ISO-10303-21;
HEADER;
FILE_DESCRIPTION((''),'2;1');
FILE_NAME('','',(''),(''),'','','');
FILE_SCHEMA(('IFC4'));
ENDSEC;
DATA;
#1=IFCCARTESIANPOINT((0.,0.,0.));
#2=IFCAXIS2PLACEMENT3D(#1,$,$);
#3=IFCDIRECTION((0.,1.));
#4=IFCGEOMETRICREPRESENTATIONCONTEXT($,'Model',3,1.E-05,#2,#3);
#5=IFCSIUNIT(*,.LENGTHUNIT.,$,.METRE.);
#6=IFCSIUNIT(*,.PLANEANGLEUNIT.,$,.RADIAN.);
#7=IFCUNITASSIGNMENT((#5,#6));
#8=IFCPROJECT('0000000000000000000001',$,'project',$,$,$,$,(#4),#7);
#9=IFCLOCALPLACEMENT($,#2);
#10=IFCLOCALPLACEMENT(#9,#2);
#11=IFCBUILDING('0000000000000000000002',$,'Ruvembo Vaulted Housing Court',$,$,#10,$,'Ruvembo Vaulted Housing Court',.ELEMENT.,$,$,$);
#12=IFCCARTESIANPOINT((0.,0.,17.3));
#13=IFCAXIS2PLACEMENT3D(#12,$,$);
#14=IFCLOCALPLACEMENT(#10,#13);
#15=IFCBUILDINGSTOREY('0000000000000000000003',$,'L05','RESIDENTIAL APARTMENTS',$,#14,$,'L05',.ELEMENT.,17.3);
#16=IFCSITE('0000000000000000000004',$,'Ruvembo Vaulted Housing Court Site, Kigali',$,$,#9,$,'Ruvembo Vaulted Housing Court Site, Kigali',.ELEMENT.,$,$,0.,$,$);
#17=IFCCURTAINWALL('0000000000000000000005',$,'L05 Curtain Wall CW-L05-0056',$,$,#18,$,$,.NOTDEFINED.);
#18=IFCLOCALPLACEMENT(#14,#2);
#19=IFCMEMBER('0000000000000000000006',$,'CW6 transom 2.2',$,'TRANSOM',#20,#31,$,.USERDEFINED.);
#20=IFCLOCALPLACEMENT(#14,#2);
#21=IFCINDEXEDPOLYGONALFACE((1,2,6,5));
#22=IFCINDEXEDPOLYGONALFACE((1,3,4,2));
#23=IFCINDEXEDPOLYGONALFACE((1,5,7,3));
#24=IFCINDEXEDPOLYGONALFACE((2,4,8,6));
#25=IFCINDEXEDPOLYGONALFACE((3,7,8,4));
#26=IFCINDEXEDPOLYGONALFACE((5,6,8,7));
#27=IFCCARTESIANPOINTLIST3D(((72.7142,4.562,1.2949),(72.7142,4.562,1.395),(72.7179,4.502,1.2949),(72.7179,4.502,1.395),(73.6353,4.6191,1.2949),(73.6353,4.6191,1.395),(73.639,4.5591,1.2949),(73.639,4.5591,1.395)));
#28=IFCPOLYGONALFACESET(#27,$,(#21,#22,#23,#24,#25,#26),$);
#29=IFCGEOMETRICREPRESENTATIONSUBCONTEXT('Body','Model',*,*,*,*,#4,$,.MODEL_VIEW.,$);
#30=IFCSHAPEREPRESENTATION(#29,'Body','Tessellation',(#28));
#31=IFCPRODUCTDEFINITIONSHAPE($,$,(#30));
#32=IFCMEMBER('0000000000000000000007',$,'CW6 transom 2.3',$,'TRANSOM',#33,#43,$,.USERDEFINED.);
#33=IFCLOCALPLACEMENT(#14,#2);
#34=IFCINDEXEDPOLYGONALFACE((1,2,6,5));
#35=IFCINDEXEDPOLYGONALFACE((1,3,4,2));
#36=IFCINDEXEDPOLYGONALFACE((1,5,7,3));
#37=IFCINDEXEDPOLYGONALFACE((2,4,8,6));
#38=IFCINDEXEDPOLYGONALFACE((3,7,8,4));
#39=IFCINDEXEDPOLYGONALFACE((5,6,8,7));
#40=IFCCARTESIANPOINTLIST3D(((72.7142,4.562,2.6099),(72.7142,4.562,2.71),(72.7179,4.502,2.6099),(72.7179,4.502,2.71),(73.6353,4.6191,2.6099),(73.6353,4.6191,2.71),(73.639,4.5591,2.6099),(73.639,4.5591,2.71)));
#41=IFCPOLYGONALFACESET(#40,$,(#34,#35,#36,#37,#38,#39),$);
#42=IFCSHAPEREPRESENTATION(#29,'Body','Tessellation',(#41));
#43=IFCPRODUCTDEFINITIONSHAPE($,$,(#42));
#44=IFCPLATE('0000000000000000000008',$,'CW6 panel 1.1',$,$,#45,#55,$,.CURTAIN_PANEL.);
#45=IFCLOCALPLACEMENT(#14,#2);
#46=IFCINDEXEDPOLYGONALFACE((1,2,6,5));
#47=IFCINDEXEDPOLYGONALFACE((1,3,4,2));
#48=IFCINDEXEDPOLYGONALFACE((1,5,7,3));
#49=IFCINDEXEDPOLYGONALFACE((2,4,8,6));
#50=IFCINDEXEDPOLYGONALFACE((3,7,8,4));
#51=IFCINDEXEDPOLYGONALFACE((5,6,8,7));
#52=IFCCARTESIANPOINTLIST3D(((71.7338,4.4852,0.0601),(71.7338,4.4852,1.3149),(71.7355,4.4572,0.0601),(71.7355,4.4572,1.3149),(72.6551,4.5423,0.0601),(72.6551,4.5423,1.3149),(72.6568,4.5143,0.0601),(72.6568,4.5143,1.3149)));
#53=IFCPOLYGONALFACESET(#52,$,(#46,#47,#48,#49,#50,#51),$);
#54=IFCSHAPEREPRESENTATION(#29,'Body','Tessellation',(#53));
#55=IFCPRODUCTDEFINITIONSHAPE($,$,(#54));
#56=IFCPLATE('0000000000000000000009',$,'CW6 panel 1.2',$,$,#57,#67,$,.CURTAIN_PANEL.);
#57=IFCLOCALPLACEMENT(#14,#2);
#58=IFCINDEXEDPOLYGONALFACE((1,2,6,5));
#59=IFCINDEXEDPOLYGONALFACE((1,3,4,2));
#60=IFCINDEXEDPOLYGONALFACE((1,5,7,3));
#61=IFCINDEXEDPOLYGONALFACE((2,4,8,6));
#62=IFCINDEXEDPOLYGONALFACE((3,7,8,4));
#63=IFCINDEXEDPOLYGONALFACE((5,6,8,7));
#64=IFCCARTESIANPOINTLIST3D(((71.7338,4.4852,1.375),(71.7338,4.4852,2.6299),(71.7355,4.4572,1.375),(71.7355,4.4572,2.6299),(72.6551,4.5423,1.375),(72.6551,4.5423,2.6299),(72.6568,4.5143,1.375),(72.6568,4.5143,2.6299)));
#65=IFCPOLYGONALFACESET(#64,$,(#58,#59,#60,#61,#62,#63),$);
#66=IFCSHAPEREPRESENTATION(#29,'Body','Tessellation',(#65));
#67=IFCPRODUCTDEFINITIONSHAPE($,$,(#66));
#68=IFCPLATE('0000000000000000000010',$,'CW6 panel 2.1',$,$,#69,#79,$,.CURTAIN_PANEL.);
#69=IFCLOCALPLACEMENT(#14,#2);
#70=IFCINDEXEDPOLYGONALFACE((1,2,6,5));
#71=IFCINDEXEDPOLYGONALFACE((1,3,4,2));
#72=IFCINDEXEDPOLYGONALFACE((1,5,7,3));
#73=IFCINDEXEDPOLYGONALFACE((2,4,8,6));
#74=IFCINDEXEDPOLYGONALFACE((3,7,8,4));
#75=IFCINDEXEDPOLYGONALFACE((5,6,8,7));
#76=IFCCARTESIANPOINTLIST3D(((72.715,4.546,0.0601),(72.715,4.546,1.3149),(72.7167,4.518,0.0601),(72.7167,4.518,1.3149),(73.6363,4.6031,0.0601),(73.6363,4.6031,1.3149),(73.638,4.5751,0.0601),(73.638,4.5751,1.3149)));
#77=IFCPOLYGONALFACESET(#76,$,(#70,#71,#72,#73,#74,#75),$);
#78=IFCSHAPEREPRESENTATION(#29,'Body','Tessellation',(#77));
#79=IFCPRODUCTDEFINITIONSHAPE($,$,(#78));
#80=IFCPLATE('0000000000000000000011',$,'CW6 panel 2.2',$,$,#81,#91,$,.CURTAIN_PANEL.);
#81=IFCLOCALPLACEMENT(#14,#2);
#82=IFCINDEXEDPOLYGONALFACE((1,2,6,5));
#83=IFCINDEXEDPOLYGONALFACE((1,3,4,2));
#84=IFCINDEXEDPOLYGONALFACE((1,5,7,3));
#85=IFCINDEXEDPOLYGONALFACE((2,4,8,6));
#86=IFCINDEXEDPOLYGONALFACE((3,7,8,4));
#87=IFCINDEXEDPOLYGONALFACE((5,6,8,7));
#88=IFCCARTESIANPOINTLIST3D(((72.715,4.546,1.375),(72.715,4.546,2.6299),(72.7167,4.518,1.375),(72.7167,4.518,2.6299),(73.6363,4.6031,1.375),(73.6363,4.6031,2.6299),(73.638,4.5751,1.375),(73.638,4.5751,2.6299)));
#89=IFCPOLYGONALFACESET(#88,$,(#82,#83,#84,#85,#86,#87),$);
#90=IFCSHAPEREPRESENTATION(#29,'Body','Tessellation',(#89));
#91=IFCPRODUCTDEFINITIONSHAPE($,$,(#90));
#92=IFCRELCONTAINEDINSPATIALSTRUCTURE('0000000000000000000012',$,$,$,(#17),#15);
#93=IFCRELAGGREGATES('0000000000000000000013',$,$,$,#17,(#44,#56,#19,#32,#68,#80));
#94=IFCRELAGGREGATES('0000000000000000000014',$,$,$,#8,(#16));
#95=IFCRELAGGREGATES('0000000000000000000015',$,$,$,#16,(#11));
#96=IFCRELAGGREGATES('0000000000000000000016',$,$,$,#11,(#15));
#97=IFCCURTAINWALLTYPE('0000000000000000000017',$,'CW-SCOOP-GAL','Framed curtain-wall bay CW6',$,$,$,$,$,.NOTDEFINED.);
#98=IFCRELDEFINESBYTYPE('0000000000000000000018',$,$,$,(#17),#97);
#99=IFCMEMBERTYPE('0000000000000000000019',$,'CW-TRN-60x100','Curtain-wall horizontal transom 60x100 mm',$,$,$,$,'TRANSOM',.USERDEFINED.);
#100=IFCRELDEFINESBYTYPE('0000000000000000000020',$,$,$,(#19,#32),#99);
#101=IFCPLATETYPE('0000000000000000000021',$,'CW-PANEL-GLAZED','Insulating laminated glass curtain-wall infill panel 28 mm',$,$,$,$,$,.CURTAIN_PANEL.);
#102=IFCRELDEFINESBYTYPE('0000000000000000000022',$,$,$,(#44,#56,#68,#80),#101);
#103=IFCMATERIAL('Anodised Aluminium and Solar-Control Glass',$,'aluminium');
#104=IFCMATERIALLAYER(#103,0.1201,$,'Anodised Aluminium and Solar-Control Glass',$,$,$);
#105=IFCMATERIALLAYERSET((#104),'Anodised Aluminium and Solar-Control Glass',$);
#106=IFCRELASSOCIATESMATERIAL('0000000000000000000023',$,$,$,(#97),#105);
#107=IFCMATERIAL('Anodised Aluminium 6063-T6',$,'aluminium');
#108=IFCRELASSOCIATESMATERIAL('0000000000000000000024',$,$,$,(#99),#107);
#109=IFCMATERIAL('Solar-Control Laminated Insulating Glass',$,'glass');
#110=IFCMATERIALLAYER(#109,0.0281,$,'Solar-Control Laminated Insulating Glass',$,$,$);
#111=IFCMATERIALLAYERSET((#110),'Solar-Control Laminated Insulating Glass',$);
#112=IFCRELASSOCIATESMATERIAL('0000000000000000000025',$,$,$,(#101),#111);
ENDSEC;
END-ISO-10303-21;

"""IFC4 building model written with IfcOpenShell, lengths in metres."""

from ifc_helpers import new_model, si_unit, direction, frame, origin, origin_2d, place, context, subcontext, project, spatial, rectangle, extrude, material, layer, layer_set, material_profile, profile_set, type_object, element, aggregate, save


model = new_model("IFC4")

# Units and contexts
model_context = context("Model", 3, precision=1e-05, world=origin(), true_north=direction((0.0, 1.0)))
body_context = subcontext(model_context, "Body", "Model", "MODEL_VIEW")
ifc_project = project(units=[si_unit("LENGTHUNIT", "METRE"), si_unit("PLANEANGLEUNIT", "RADIAN")], contexts=[model_context])

# Site, building, storey
site_placement = place(None, origin())
site = spatial("IfcSite", under=ifc_project, at=site_placement, Name="Ruvembo Vaulted Housing Court Site, Kigali", LongName="Ruvembo Vaulted Housing Court Site, Kigali", CompositionType="ELEMENT", RefElevation=0.0)
building_placement = place(site_placement, origin())
building = spatial("IfcBuilding", under=site, at=building_placement, Name="Ruvembo Vaulted Housing Court", LongName="Ruvembo Vaulted Housing Court", CompositionType="ELEMENT")
storey_placement = place(building_placement, frame((0.0, 0.0, 17.3)))
storey = spatial("IfcBuildingStorey", under=building, at=storey_placement, Name="L05", Description="RESIDENTIAL APARTMENTS", LongName="L05", CompositionType="ELEMENT", Elevation=17.3)

# Curtain wall, members, plates
ifc_material_1 = material(Name="Anodised Aluminium and Solar-Control Glass", Category="aluminium")
ifc_layer_1 = layer(ifc_material_1, 0.1201, Name="Anodised Aluminium and Solar-Control Glass")
ifc_layer_set_1 = layer_set([ifc_layer_1], Name="Anodised Aluminium and Solar-Control Glass")
curtain_wall_type = type_object("IfcCurtainWallType", Name="CW-SCOOP-GAL", Description="Framed curtain-wall bay CW6", PredefinedType="NOTDEFINED", material=ifc_layer_set_1)
curtain_wall_placement = place(storey_placement, origin())
curtain_wall = element("IfcCurtainWall", 1, at=curtain_wall_placement, inside=storey, type_object=curtain_wall_type, Name="L05 Curtain Wall CW-L05-0056", PredefinedType="NOTDEFINED")
ifc_material_2 = material(Name="Anodised Aluminium 6063-T6", Category="aluminium")
ifc_material_profile_1 = material_profile(ifc_material_2, rectangle(XDim=0.0601, YDim=0.1001, at=origin_2d()), Name="ALU 60x100")
ifc_profile_set_1 = profile_set([ifc_material_profile_1], Name="Anodised Aluminium 6063-T6")
member_type_1 = type_object("IfcMemberType", Name="CW-TRN-60x100", Description="Curtain-wall horizontal transom 60x100 mm", ElementType="TRANSOM", PredefinedType="USERDEFINED", material=ifc_profile_set_1)
member_1_placement = place(storey_placement, frame((72.7161, 4.532, 1.345), z_axis=(0.998082, 0.061901, 0.0), x_axis=(-0.061901, 0.998082, 0.0)))
member_1 = element("IfcMember", 2, at=member_1_placement, type_object=member_type_1, Name="CW6 transom 2.2", ObjectType="TRANSOM", PredefinedType="USERDEFINED", context=body_context, shape_type="SweptSolid", body=[
    extrude(rectangle(XDim=0.0601, YDim=0.1001, at=origin_2d()), origin(), (0.0, 0.0, 1.0), 0.9229),
])
member_2_placement = place(storey_placement, frame((72.7161, 4.532, 2.6599), z_axis=(0.998082, 0.061901, 0.0), x_axis=(-0.061901, 0.998082, 0.0)))
member_2 = element("IfcMember", 3, at=member_2_placement, type_object=member_type_1, Name="CW6 transom 2.3", ObjectType="TRANSOM", PredefinedType="USERDEFINED", context=body_context, shape_type="SweptSolid", body=[
    extrude(rectangle(XDim=0.0601, YDim=0.1001, at=origin_2d()), origin(), (0.0, 0.0, 1.0), 0.9229),
])
ifc_material_3 = material(Name="Solar-Control Laminated Insulating Glass", Category="glass")
ifc_layer_2 = layer(ifc_material_3, 0.0281, Name="Solar-Control Laminated Insulating Glass")
ifc_layer_set_2 = layer_set([ifc_layer_2], Name="Solar-Control Laminated Insulating Glass")
plate_type = type_object("IfcPlateType", Name="CW-PANEL-GLAZED", Description="Insulating laminated glass curtain-wall infill panel 28 mm", PredefinedType="CURTAIN_PANEL", material=ifc_layer_set_2)
plate_1_placement = place(storey_placement, frame((72.1953, 4.4998, 0.0601), z_axis=(0.0, 0.0, 1.0), x_axis=(0.998086, 0.061844, 0.0)))
plate_1 = element("IfcPlate", 4, at=plate_1_placement, type_object=plate_type, Name="CW6 panel 1.1", PredefinedType="CURTAIN_PANEL", context=body_context, shape_type="SweptSolid", body=[
    extrude(rectangle(XDim=0.9231, YDim=0.0281, at=origin_2d()), origin(), (0.0, 0.0, 1.0), 1.2549),
])
plate_2_placement = place(storey_placement, frame((72.1953, 4.4998, 1.375), z_axis=(0.0, 0.0, 1.0), x_axis=(0.998086, 0.061844, 0.0)))
plate_2 = element("IfcPlate", 5, at=plate_2_placement, type_object=plate_type, Name="CW6 panel 1.2", PredefinedType="CURTAIN_PANEL", context=body_context, shape_type="SweptSolid", body=[
    extrude(rectangle(XDim=0.9231, YDim=0.0281, at=origin_2d()), origin(), (0.0, 0.0, 1.0), 1.2549),
])
plate_3_placement = place(storey_placement, frame((73.1765, 4.5605, 0.0601), z_axis=(0.0, 0.0, 1.0), x_axis=(0.998086, 0.061844, 0.0)))
plate_3 = element("IfcPlate", 6, at=plate_3_placement, type_object=plate_type, Name="CW6 panel 2.1", PredefinedType="CURTAIN_PANEL", context=body_context, shape_type="SweptSolid", body=[
    extrude(rectangle(XDim=0.9231, YDim=0.0281, at=origin_2d()), origin(), (0.0, 0.0, 1.0), 1.2549),
])
plate_4_placement = place(storey_placement, frame((73.1765, 4.5605, 1.375), z_axis=(0.0, 0.0, 1.0), x_axis=(0.998086, 0.061844, 0.0)))
plate_4 = element("IfcPlate", 7, at=plate_4_placement, type_object=plate_type, Name="CW6 panel 2.2", PredefinedType="CURTAIN_PANEL", context=body_context, shape_type="SweptSolid", body=[
    extrude(rectangle(XDim=0.9231, YDim=0.0281, at=origin_2d()), origin(), (0.0, 0.0, 1.0), 1.2549),
])
aggregate(curtain_wall, [plate_1, plate_2, member_1, member_2, plate_3, plate_4])

save(model, "model.ifc")
